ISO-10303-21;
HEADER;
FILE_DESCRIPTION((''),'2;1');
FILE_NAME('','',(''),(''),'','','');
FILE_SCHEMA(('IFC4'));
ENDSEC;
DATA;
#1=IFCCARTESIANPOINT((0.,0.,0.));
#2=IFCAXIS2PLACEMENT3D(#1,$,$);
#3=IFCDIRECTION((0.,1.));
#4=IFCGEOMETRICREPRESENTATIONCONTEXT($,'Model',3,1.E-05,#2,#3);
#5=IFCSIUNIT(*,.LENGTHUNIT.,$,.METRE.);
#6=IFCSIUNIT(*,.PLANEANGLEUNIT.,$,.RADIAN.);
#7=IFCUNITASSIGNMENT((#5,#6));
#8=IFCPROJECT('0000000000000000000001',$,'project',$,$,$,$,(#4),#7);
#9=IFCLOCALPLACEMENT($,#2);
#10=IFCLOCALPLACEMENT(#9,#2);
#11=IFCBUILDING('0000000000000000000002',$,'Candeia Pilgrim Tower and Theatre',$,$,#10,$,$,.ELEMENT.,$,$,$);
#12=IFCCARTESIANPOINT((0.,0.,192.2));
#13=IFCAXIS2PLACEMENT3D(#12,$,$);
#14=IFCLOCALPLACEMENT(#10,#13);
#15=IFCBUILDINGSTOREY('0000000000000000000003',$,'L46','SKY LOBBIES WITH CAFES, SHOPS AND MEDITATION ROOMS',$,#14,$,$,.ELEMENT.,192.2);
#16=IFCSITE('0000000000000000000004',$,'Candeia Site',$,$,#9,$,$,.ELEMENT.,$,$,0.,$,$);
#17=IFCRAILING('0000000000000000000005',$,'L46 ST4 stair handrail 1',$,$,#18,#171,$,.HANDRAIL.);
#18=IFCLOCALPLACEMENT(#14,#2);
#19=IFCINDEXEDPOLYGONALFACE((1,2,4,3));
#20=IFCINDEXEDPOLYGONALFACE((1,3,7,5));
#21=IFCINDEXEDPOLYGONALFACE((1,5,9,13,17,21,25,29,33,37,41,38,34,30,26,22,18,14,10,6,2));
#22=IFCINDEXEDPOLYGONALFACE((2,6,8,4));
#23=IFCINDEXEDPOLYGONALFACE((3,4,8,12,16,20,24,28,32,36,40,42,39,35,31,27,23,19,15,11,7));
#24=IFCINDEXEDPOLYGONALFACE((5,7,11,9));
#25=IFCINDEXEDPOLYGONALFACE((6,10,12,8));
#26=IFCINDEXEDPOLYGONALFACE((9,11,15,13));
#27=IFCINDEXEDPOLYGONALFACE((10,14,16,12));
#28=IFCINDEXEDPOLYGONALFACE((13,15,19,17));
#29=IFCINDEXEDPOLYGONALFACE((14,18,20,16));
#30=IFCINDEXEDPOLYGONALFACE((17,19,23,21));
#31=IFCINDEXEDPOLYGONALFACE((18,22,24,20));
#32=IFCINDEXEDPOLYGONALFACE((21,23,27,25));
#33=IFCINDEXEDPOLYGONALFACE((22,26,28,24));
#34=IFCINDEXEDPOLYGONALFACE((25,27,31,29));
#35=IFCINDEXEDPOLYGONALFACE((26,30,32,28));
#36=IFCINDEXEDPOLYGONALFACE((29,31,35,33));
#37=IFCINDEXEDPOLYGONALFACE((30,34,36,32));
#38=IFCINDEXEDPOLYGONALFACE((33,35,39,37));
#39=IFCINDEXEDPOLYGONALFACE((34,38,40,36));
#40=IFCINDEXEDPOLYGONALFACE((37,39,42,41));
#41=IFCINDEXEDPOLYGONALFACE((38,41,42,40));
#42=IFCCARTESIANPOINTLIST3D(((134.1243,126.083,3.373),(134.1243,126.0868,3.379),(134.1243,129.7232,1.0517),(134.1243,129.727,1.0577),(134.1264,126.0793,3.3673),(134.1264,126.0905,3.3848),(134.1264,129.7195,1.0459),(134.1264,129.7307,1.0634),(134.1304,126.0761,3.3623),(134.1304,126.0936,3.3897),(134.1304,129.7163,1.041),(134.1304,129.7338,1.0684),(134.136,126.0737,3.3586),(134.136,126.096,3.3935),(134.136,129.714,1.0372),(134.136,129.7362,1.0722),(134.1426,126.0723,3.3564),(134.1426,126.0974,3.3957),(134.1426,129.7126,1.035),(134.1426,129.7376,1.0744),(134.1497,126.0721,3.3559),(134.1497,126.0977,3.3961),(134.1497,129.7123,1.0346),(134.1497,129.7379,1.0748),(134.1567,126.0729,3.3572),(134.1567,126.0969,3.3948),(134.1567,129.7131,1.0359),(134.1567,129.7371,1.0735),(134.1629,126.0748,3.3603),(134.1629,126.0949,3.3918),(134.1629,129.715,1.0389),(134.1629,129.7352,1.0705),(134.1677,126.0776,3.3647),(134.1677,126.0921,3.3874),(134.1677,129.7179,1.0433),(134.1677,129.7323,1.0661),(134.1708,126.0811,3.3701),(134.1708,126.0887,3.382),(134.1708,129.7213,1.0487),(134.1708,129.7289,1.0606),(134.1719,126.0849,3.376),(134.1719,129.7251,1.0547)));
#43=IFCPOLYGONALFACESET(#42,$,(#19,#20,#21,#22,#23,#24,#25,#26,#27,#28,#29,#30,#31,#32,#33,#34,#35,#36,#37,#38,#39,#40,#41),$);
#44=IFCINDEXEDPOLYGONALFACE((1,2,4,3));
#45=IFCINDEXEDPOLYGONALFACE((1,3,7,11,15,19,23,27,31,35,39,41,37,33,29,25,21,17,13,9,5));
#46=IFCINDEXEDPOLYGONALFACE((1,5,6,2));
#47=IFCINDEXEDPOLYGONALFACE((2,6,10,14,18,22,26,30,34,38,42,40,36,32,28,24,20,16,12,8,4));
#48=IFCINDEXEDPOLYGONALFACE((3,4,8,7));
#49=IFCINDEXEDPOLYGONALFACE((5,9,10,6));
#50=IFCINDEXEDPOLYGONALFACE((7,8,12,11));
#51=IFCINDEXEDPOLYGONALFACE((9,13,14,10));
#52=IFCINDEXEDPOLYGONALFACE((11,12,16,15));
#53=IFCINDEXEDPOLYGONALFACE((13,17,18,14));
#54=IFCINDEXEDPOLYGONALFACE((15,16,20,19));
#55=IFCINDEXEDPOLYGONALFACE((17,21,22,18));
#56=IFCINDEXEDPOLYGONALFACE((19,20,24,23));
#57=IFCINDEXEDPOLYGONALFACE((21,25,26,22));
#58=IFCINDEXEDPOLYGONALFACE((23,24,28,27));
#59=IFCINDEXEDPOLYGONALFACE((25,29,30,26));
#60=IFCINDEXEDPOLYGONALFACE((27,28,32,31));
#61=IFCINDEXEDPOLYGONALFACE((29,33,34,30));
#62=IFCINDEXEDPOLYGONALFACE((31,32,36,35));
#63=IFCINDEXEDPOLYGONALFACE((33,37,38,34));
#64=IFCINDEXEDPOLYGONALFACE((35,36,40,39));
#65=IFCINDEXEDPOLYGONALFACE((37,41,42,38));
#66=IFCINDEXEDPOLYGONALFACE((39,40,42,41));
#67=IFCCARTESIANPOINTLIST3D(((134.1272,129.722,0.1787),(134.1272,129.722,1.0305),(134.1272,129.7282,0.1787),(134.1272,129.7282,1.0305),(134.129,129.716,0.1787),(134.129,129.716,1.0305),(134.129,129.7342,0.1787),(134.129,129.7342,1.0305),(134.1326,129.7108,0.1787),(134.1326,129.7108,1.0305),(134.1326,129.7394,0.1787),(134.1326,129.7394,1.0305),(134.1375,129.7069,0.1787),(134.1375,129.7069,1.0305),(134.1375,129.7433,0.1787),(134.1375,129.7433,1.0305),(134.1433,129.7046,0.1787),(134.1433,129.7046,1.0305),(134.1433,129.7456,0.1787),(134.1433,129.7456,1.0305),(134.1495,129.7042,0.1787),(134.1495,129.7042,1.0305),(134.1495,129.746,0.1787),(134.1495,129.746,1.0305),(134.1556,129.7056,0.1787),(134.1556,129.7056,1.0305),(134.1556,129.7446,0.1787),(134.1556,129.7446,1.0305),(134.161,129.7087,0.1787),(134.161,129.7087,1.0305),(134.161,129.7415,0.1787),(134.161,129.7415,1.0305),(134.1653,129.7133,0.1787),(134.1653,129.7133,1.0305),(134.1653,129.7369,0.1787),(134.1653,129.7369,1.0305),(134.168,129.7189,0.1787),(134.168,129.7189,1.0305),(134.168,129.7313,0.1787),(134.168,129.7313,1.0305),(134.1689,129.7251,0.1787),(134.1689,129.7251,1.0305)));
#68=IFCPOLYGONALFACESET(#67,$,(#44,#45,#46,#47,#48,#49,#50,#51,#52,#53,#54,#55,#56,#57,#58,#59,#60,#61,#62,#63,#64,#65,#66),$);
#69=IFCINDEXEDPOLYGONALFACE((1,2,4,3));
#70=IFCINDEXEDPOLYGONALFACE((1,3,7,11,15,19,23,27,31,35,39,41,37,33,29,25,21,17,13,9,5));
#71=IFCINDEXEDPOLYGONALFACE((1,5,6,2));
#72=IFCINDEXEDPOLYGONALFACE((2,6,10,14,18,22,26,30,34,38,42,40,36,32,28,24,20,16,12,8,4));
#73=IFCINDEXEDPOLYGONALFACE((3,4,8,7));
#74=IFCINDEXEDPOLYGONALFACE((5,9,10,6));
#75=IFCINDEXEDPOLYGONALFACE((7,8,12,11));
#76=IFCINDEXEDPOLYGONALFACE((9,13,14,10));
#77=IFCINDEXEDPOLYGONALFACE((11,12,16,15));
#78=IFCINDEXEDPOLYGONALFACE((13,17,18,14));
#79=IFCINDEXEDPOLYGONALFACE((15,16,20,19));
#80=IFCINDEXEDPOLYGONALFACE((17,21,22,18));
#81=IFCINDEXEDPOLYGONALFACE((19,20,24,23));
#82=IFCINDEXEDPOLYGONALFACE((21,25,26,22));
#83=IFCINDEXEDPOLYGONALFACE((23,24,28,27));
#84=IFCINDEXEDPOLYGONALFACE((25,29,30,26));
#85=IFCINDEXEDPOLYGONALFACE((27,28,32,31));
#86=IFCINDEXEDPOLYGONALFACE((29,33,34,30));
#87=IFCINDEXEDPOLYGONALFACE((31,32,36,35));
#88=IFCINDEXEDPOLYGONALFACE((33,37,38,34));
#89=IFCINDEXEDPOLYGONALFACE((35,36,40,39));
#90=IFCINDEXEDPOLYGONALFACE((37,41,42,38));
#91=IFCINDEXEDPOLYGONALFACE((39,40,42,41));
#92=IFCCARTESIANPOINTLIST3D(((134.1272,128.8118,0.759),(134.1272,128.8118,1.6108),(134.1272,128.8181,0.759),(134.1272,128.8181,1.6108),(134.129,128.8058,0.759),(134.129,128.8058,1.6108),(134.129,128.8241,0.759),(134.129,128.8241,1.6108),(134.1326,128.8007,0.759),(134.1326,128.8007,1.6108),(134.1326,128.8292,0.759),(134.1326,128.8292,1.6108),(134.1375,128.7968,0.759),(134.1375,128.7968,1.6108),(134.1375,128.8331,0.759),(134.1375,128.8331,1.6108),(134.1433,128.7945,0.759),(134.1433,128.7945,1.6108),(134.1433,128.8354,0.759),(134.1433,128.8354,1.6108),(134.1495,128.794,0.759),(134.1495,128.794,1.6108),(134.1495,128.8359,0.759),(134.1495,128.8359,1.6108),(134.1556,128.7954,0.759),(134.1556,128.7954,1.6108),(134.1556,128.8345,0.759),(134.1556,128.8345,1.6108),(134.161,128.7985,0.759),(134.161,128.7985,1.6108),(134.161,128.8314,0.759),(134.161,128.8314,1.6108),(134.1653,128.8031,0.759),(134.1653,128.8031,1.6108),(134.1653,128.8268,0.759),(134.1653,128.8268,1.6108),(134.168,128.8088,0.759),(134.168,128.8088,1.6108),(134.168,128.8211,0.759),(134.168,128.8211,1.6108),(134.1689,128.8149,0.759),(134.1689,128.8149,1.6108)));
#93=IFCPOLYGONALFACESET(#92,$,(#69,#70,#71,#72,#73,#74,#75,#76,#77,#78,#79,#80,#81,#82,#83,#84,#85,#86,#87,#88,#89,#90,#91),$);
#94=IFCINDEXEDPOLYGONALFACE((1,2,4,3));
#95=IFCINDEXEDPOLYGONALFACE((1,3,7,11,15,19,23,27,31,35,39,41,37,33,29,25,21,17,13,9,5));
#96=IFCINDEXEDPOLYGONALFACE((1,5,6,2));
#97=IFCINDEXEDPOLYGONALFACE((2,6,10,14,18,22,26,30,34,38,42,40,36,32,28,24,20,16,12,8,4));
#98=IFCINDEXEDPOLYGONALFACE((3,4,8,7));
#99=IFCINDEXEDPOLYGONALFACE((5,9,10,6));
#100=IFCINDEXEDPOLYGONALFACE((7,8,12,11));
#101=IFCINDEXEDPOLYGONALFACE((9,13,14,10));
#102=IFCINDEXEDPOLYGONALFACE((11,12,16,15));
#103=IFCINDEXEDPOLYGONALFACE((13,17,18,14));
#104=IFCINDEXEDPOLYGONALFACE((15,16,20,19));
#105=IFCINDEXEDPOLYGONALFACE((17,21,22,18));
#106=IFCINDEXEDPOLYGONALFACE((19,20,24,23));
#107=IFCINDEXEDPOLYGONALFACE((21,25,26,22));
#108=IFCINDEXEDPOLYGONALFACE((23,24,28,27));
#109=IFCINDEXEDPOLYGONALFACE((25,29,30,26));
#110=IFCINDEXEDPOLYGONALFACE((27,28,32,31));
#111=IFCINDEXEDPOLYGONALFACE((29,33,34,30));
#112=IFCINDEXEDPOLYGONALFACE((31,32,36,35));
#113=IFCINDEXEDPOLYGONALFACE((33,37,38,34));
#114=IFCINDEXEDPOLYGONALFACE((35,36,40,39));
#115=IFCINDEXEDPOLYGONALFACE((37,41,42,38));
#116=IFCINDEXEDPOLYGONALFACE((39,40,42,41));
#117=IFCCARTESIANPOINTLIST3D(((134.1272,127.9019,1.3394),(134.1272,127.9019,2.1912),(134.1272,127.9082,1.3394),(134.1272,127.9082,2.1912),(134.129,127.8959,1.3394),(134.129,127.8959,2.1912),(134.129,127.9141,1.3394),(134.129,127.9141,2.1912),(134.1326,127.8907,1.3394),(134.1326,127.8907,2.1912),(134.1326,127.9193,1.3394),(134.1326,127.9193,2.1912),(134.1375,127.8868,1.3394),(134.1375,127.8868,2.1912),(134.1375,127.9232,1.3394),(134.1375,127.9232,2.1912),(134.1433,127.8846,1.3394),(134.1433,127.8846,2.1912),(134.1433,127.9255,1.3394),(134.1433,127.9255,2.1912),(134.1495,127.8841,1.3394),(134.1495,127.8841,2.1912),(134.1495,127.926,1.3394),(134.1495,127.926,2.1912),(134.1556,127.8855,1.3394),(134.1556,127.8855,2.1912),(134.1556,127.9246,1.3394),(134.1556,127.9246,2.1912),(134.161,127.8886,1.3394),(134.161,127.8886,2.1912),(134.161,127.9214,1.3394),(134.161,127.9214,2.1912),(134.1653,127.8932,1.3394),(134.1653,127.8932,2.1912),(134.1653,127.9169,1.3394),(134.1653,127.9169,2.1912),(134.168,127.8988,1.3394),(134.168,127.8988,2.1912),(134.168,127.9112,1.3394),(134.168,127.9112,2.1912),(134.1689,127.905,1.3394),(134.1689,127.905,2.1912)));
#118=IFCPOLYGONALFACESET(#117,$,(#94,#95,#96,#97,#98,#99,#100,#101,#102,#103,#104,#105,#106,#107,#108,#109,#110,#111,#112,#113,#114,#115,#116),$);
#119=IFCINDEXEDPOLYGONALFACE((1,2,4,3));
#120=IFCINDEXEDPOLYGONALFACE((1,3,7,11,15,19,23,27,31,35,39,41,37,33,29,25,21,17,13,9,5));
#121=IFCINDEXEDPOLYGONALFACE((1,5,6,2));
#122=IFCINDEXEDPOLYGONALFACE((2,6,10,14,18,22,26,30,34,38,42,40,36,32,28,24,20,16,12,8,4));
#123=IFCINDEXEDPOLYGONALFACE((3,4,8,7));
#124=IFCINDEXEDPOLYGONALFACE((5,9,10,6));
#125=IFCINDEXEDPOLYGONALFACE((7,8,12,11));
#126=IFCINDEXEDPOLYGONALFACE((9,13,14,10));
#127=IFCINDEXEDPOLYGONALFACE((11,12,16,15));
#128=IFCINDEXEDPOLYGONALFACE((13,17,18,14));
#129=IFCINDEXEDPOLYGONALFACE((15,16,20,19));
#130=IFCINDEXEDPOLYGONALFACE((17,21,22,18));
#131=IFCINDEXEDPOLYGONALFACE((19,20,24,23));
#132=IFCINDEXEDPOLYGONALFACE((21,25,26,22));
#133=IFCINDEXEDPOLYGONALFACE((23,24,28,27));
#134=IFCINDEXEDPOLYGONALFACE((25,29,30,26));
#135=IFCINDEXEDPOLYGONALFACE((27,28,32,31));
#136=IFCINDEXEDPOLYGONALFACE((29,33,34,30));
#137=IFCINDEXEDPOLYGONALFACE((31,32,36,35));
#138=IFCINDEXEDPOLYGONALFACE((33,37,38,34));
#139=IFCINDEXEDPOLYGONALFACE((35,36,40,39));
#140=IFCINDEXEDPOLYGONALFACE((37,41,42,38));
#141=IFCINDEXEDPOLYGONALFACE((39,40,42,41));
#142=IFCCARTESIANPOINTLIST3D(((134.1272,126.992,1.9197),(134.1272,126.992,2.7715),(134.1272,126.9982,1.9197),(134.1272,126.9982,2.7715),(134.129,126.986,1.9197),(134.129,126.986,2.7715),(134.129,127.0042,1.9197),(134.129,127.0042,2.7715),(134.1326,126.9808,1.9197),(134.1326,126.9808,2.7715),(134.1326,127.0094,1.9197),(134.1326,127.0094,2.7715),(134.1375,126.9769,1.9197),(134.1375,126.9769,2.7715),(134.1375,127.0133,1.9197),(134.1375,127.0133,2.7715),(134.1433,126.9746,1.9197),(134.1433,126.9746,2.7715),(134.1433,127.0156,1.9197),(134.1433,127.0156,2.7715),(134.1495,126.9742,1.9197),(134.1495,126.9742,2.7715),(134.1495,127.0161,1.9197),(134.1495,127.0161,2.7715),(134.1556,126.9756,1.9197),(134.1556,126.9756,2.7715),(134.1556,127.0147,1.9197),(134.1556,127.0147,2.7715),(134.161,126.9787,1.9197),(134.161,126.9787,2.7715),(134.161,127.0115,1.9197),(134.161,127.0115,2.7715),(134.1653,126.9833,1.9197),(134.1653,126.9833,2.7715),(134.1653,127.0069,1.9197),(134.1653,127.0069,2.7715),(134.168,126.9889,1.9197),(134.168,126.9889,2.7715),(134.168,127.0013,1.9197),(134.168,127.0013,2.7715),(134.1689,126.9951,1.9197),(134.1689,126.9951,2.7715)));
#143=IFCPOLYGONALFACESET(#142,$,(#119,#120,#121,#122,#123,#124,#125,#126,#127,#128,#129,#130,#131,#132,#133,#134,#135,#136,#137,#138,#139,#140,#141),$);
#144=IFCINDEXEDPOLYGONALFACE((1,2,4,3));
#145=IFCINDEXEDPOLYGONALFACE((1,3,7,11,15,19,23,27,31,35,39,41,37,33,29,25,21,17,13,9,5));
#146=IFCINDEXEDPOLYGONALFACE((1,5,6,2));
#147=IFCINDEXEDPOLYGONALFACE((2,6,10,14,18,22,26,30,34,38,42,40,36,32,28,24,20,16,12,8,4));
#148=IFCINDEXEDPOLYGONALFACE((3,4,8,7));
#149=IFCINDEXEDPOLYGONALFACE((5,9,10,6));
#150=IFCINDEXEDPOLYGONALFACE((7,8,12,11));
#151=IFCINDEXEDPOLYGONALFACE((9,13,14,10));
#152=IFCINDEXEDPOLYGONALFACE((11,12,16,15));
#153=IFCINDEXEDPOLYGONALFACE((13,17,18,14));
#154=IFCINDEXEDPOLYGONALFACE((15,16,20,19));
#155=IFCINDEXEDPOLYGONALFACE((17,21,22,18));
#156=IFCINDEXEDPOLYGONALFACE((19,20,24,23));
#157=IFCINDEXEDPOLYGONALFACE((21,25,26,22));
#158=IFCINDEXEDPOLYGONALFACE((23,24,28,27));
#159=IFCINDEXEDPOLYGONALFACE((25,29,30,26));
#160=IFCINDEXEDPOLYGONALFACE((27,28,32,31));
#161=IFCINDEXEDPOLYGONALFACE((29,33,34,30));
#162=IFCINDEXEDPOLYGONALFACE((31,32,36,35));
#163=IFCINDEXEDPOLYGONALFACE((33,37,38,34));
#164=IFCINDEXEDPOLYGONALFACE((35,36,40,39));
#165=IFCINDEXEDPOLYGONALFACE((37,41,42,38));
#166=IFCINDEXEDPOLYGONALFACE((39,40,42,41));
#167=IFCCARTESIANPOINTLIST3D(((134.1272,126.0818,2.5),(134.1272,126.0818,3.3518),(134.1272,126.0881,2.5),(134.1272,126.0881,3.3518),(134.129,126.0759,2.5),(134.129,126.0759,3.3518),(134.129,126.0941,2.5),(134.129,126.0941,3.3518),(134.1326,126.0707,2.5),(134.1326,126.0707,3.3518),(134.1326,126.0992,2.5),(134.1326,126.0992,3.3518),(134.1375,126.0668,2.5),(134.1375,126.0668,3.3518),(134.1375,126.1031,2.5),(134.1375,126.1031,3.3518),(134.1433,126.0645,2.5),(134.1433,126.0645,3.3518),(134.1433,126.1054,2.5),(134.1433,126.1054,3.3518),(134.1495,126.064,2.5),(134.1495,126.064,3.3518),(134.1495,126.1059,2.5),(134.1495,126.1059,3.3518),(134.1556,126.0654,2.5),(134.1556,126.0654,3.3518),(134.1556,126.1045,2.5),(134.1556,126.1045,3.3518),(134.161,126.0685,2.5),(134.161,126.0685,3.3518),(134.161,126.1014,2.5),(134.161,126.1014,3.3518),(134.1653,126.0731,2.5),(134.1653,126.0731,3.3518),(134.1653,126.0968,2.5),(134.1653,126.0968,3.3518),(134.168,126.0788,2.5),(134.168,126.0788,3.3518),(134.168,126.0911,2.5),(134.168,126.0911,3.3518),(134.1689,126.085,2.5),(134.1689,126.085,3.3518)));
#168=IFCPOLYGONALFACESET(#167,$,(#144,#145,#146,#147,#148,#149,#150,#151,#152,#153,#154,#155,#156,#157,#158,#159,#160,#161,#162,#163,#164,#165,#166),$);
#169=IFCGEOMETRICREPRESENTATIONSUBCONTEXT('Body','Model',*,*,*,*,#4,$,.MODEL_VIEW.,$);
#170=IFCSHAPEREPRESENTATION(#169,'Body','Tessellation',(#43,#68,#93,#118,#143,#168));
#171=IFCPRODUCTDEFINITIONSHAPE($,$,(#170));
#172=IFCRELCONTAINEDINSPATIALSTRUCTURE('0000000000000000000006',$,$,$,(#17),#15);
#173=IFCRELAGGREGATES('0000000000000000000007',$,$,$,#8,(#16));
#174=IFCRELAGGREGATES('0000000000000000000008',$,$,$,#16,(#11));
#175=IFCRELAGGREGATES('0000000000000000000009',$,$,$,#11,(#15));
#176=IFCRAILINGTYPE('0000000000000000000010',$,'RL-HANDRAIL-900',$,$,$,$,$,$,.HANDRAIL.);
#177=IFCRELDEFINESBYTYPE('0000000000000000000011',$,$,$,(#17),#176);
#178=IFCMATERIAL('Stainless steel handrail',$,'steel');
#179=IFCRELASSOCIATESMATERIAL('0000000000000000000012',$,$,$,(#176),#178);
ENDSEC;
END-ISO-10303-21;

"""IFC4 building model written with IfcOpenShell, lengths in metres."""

from ifc_helpers import new_model, si_unit, direction, frame, origin, origin_2d, place, context, subcontext, project, spatial, circle, extrude, material, type_object, element, save


model = new_model("IFC4")

# Units and contexts
model_context = context("Model", 3, precision=1e-05, world=origin(), true_north=direction((0.0, 1.0)))
body_context = subcontext(model_context, "Body", "Model", "MODEL_VIEW")
ifc_project = project(units=[si_unit("LENGTHUNIT", "METRE"), si_unit("PLANEANGLEUNIT", "RADIAN")], contexts=[model_context])

# Site, building, storey
site_placement = place(None, origin())
site = spatial("IfcSite", under=ifc_project, at=site_placement, Name="Candeia Site", CompositionType="ELEMENT", RefElevation=0.0)
building_placement = place(site_placement, origin())
building = spatial("IfcBuilding", under=site, at=building_placement, Name="Candeia Pilgrim Tower and Theatre", CompositionType="ELEMENT")
storey_placement = place(building_placement, frame((0.0, 0.0, 192.2)))
storey = spatial("IfcBuildingStorey", under=building, at=storey_placement, Name="L46", Description="SKY LOBBIES WITH CAFES, SHOPS AND MEDITATION ROOMS", CompositionType="ELEMENT", Elevation=192.2)

# Railing
ifc_material_1 = material(Name="Stainless steel handrail", Category="steel")
railing_type_1 = type_object("IfcRailingType", Name="RL-HANDRAIL-900", PredefinedType="HANDRAIL", material=ifc_material_1)
railing_1_placement = place(storey_placement, frame((134.1479, 129.7251, 0.1787)))
element("IfcRailing", 1, at=railing_1_placement, inside=storey, type_object=railing_type_1, Name="L46 ST4 stair handrail 1", PredefinedType="HANDRAIL", context=body_context, shape_type="SweptSolid", body=[
    extrude(circle(Radius=0.0239, at=origin_2d()), frame((0.0, 0.0, 0.876), z_axis=(0.0, -0.843153, 0.537673), x_axis=(1.0, 0.0, 0.0)), (0.0, 0.0, 1.0), 4.3174),
    extrude(circle(Radius=0.021, at=origin_2d()), origin(), (0.0, 0.0, 1.0), 0.8518),
    extrude(circle(Radius=0.021, at=origin_2d()), frame((0.0, -0.9102, 0.5803)), (0.0, 0.0, 1.0), 0.8518),
    extrude(circle(Radius=0.021, at=origin_2d()), frame((0.0, -1.8201, 1.1606)), (0.0, 0.0, 1.0), 0.8518),
    extrude(circle(Radius=0.021, at=origin_2d()), frame((0.0, -2.73, 1.741)), (0.0, 0.0, 1.0), 0.8518),
    extrude(circle(Radius=0.021, at=origin_2d()), frame((0.0, -3.6401, 2.3213)), (0.0, 0.0, 1.0), 0.8518),
])

save(model, "model.ifc")
